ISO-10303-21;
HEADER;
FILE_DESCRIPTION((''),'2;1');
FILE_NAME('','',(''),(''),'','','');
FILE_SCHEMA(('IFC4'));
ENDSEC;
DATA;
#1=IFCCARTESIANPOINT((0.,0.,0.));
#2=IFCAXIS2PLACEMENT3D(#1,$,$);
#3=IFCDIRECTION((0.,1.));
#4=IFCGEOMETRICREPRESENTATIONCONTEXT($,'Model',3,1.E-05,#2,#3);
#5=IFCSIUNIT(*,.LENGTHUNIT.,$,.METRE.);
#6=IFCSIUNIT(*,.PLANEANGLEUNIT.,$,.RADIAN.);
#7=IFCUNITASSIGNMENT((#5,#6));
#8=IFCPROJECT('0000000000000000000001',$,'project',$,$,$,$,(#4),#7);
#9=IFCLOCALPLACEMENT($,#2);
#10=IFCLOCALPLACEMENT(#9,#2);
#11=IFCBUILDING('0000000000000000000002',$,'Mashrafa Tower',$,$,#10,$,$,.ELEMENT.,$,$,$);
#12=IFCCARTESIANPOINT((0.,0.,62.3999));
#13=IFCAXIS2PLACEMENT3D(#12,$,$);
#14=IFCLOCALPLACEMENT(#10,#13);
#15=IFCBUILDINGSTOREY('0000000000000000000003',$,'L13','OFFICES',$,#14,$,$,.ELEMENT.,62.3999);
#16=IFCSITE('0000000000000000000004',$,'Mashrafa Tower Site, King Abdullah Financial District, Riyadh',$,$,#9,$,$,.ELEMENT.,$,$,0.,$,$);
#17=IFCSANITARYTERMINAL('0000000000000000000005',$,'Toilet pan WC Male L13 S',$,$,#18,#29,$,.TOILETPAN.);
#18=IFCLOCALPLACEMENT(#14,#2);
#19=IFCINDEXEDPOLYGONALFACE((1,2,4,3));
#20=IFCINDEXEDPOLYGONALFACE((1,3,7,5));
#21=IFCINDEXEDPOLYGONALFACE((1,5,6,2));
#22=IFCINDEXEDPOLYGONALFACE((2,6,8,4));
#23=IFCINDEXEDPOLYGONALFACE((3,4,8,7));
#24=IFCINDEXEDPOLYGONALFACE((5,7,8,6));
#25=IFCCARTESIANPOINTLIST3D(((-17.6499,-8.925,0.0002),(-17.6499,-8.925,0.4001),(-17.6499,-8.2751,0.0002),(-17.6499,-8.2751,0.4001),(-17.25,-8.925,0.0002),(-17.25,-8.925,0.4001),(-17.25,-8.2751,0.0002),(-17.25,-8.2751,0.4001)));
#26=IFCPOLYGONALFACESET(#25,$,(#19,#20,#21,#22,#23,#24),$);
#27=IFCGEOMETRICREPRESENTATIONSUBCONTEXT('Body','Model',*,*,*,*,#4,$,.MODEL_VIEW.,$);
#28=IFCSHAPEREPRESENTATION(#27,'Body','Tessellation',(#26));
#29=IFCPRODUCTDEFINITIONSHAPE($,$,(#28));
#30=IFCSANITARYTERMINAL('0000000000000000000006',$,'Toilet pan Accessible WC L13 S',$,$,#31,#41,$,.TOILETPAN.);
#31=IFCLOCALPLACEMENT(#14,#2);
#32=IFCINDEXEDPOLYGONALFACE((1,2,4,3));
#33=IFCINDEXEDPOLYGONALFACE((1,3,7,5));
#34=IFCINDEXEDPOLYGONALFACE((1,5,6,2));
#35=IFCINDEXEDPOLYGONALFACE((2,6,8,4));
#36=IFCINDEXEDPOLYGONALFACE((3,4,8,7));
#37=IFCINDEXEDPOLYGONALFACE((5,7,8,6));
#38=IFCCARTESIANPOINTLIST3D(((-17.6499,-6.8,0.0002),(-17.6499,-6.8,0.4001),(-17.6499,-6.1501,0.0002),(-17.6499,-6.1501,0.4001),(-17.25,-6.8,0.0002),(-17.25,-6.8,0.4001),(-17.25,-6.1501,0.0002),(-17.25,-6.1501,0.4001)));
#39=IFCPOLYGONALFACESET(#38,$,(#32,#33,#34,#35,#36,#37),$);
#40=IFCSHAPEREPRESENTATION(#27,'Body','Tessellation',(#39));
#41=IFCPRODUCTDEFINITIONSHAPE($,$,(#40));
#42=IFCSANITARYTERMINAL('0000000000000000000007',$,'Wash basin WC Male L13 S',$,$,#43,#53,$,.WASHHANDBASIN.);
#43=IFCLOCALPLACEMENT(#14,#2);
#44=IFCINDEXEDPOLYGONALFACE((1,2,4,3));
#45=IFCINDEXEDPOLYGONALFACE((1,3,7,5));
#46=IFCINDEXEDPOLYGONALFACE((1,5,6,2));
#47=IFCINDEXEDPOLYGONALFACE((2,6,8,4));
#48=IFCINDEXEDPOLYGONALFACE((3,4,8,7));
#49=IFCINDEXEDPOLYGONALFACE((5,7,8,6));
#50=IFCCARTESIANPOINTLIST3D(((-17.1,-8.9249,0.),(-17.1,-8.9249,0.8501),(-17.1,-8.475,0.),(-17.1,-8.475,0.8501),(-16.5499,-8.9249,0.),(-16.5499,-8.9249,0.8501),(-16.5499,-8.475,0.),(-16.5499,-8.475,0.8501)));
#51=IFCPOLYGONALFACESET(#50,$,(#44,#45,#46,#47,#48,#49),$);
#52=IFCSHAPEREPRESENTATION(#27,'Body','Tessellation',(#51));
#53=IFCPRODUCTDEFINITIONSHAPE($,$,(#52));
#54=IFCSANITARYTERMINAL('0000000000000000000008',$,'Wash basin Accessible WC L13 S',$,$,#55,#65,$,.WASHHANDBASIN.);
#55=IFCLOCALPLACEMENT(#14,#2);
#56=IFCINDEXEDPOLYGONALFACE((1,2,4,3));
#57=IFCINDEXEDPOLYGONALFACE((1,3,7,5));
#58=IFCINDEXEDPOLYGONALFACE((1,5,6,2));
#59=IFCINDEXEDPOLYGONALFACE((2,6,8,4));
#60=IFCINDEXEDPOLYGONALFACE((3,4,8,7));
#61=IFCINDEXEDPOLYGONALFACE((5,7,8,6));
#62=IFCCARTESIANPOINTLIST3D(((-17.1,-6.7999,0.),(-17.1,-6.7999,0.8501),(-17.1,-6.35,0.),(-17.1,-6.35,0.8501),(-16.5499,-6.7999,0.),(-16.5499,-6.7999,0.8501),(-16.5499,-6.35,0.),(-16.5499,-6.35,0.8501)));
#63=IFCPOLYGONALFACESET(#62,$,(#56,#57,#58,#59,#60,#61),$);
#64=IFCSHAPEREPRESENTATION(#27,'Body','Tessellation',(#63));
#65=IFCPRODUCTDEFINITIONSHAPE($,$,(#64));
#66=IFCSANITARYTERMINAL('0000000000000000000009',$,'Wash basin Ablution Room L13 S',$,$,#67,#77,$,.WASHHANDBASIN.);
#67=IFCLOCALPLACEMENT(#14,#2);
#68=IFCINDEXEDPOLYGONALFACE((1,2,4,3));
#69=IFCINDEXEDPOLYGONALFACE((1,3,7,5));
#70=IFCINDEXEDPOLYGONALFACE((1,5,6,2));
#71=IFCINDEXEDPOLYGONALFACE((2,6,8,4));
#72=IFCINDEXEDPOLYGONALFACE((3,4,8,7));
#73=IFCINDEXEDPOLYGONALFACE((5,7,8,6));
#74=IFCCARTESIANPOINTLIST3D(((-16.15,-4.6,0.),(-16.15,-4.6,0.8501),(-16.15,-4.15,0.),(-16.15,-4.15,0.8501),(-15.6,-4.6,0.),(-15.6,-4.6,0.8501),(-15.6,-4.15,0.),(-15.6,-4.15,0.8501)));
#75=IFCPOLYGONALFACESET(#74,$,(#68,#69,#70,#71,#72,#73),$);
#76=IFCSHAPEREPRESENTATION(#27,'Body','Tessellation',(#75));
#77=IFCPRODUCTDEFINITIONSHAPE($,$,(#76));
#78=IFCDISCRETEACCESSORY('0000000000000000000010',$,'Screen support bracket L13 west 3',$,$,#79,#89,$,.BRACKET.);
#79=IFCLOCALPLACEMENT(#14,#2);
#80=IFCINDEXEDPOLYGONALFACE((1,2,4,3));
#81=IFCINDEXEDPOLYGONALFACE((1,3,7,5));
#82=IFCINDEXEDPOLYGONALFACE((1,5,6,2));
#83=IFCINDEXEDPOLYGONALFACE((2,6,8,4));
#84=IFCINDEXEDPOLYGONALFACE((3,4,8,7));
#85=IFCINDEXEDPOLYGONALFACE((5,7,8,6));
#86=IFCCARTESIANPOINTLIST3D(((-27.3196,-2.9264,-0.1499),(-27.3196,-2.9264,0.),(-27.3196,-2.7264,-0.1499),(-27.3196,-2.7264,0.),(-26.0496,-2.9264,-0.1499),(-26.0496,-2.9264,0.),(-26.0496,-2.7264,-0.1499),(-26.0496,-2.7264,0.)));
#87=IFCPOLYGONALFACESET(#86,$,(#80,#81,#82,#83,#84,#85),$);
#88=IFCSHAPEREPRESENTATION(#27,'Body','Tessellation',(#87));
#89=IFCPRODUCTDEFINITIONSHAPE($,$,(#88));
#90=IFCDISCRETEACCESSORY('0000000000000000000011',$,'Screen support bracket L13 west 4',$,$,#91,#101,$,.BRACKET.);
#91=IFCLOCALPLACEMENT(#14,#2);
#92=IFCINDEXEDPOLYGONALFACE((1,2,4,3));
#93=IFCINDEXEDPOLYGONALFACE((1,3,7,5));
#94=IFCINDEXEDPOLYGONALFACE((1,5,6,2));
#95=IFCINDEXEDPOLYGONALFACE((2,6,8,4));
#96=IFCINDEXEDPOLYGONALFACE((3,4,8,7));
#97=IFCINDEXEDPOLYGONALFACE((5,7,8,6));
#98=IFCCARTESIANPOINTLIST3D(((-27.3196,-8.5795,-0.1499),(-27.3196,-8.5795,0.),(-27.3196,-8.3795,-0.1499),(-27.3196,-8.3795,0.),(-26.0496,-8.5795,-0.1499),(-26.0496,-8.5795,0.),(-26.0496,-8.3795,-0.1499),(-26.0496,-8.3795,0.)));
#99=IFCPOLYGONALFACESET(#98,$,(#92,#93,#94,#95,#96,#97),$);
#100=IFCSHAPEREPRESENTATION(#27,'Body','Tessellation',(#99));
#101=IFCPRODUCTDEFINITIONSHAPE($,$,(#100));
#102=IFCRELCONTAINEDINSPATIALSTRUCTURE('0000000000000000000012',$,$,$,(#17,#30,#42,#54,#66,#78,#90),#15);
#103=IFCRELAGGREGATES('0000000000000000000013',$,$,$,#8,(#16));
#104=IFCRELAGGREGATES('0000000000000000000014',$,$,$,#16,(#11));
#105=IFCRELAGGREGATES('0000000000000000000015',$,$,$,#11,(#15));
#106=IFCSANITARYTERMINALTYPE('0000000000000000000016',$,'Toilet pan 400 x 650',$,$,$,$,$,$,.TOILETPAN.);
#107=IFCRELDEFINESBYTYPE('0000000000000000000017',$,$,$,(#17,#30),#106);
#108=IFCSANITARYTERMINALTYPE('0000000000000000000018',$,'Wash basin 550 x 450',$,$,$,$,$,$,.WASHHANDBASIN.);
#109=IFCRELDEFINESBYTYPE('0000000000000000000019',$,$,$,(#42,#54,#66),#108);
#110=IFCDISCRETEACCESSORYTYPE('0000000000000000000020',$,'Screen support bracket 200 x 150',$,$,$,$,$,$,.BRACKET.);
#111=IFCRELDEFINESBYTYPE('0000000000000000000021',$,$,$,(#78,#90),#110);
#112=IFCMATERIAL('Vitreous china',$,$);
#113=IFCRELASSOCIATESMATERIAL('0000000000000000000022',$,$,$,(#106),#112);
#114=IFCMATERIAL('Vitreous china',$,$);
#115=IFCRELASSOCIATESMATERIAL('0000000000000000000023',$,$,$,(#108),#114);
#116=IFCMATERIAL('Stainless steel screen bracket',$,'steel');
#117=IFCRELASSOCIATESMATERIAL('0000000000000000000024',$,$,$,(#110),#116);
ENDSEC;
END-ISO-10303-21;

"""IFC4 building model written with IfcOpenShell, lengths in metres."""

from ifc_helpers import new_model, si_unit, direction, frame, origin, origin_2d, place, context, subcontext, project, spatial, rectangle, extrude, source, transform, mapped, material, type_object, type_shapes, element, save


model = new_model("IFC4")

# Units and contexts
model_context = context("Model", 3, precision=1e-05, world=origin(), true_north=direction((0.0, 1.0)))
body_context = subcontext(model_context, "Body", "Model", "MODEL_VIEW")
ifc_project = project(units=[si_unit("LENGTHUNIT", "METRE"), si_unit("PLANEANGLEUNIT", "RADIAN")], contexts=[model_context])

# Site, building, storey
site_placement = place(None, origin())
site = spatial("IfcSite", under=ifc_project, at=site_placement, Name="Mashrafa Tower Site, King Abdullah Financial District, Riyadh", CompositionType="ELEMENT", RefElevation=0.0)
building_placement = place(site_placement, origin())
building = spatial("IfcBuilding", under=site, at=building_placement, Name="Mashrafa Tower", CompositionType="ELEMENT")
storey_placement = place(building_placement, frame((0.0, 0.0, 62.3999)))
storey = spatial("IfcBuildingStorey", under=building, at=storey_placement, Name="L13", Description="OFFICES", CompositionType="ELEMENT", Elevation=62.3999)

# Sanitary terminals
ifc_material_1 = material(Name="Vitreous china")
sanitary_terminal_type_1 = type_object("IfcSanitaryTerminalType", Name="Toilet pan 400 x 650", PredefinedType="TOILETPAN", material=ifc_material_1)
for number, where, z_axis, x_axis, name in (
    (1, (-17.45, -8.6001, 0.0002), (0.0, 0.0, 1.0), (1.0, 0.0, 0.0), "Toilet pan WC Male L13 S"),
    (2, (-17.45, -6.4751, 0.0002), (0.0, 0.0, 1.0), (1.0, 0.0, 0.0), "Toilet pan Accessible WC L13 S"),
):
    element("IfcSanitaryTerminal", number, at=place(storey_placement, frame(where, z_axis=z_axis, x_axis=x_axis)), inside=storey, type_object=sanitary_terminal_type_1, Name=name, PredefinedType="TOILETPAN", context=body_context, shape_type="SweptSolid", body=[
        extrude(rectangle(XDim=0.3999, YDim=0.6499, at=origin_2d()), origin(), (0.0, 0.0, 1.0), 0.3999),
    ])
ifc_material_2 = material(Name="Vitreous china")
sanitary_terminal_type_2 = type_object("IfcSanitaryTerminalType", Name="Wash basin 550 x 450", PredefinedType="WASHHANDBASIN", material=ifc_material_2)
for number, where, z_axis, x_axis, name in (
    (3, (-16.825, -8.7, 0.0), (0.0, 0.0, 1.0), (1.0, 0.0, 0.0), "Wash basin WC Male L13 S"),
    (4, (-16.825, -6.575, 0.0), (0.0, 0.0, 1.0), (1.0, 0.0, 0.0), "Wash basin Accessible WC L13 S"),
    (5, (-15.875, -4.375, 0.0), (0.0, 0.0, 1.0), (1.0, 0.0, 0.0), "Wash basin Ablution Room L13 S"),
):
    element("IfcSanitaryTerminal", number, at=place(storey_placement, frame(where, z_axis=z_axis, x_axis=x_axis)), inside=storey, type_object=sanitary_terminal_type_2, Name=name, PredefinedType="WASHHANDBASIN", context=body_context, shape_type="SweptSolid", body=[
        extrude(rectangle(XDim=0.55, YDim=0.45, at=origin_2d()), origin(), (0.0, 0.0, 1.0), 0.8501),
    ])

# Discrete accessories
ifc_material_3 = material(Name="Stainless steel screen bracket", Category="steel")
discrete_accessory_type = type_object("IfcDiscreteAccessoryType", Name="Screen support bracket 200 x 150", PredefinedType="BRACKET", material=ifc_material_3)
shared_shape_1 = source(origin(), body_context, "Body", "SweptSolid", [
    extrude(rectangle(XDim=0.2, YDim=1.27, at=origin_2d()), origin(), (0.0, 0.0, 1.0), 0.1499),
])
type_shapes(discrete_accessory_type, [shared_shape_1])
for number, where, z_axis, x_axis, name in (
    (6, (-26.6846, -2.8264, -0.1499), (0.0, 0.0, 1.0), (0.0, -1.0, 0.0), "Screen support bracket L13 west 3"),
    (7, (-26.6846, -8.4795, -0.1499), (0.0, 0.0, 1.0), (0.0, -1.0, 0.0), "Screen support bracket L13 west 4"),
):
    element("IfcDiscreteAccessory", number, at=place(storey_placement, frame(where, z_axis=z_axis, x_axis=x_axis)), inside=storey, type_object=discrete_accessory_type, Name=name, PredefinedType="BRACKET", context=body_context, shape_type="MappedRepresentation", body=[
        mapped(shared_shape_1, transform((0.0, 0.0, 0.0))),
    ])

save(model, "model.ifc")
